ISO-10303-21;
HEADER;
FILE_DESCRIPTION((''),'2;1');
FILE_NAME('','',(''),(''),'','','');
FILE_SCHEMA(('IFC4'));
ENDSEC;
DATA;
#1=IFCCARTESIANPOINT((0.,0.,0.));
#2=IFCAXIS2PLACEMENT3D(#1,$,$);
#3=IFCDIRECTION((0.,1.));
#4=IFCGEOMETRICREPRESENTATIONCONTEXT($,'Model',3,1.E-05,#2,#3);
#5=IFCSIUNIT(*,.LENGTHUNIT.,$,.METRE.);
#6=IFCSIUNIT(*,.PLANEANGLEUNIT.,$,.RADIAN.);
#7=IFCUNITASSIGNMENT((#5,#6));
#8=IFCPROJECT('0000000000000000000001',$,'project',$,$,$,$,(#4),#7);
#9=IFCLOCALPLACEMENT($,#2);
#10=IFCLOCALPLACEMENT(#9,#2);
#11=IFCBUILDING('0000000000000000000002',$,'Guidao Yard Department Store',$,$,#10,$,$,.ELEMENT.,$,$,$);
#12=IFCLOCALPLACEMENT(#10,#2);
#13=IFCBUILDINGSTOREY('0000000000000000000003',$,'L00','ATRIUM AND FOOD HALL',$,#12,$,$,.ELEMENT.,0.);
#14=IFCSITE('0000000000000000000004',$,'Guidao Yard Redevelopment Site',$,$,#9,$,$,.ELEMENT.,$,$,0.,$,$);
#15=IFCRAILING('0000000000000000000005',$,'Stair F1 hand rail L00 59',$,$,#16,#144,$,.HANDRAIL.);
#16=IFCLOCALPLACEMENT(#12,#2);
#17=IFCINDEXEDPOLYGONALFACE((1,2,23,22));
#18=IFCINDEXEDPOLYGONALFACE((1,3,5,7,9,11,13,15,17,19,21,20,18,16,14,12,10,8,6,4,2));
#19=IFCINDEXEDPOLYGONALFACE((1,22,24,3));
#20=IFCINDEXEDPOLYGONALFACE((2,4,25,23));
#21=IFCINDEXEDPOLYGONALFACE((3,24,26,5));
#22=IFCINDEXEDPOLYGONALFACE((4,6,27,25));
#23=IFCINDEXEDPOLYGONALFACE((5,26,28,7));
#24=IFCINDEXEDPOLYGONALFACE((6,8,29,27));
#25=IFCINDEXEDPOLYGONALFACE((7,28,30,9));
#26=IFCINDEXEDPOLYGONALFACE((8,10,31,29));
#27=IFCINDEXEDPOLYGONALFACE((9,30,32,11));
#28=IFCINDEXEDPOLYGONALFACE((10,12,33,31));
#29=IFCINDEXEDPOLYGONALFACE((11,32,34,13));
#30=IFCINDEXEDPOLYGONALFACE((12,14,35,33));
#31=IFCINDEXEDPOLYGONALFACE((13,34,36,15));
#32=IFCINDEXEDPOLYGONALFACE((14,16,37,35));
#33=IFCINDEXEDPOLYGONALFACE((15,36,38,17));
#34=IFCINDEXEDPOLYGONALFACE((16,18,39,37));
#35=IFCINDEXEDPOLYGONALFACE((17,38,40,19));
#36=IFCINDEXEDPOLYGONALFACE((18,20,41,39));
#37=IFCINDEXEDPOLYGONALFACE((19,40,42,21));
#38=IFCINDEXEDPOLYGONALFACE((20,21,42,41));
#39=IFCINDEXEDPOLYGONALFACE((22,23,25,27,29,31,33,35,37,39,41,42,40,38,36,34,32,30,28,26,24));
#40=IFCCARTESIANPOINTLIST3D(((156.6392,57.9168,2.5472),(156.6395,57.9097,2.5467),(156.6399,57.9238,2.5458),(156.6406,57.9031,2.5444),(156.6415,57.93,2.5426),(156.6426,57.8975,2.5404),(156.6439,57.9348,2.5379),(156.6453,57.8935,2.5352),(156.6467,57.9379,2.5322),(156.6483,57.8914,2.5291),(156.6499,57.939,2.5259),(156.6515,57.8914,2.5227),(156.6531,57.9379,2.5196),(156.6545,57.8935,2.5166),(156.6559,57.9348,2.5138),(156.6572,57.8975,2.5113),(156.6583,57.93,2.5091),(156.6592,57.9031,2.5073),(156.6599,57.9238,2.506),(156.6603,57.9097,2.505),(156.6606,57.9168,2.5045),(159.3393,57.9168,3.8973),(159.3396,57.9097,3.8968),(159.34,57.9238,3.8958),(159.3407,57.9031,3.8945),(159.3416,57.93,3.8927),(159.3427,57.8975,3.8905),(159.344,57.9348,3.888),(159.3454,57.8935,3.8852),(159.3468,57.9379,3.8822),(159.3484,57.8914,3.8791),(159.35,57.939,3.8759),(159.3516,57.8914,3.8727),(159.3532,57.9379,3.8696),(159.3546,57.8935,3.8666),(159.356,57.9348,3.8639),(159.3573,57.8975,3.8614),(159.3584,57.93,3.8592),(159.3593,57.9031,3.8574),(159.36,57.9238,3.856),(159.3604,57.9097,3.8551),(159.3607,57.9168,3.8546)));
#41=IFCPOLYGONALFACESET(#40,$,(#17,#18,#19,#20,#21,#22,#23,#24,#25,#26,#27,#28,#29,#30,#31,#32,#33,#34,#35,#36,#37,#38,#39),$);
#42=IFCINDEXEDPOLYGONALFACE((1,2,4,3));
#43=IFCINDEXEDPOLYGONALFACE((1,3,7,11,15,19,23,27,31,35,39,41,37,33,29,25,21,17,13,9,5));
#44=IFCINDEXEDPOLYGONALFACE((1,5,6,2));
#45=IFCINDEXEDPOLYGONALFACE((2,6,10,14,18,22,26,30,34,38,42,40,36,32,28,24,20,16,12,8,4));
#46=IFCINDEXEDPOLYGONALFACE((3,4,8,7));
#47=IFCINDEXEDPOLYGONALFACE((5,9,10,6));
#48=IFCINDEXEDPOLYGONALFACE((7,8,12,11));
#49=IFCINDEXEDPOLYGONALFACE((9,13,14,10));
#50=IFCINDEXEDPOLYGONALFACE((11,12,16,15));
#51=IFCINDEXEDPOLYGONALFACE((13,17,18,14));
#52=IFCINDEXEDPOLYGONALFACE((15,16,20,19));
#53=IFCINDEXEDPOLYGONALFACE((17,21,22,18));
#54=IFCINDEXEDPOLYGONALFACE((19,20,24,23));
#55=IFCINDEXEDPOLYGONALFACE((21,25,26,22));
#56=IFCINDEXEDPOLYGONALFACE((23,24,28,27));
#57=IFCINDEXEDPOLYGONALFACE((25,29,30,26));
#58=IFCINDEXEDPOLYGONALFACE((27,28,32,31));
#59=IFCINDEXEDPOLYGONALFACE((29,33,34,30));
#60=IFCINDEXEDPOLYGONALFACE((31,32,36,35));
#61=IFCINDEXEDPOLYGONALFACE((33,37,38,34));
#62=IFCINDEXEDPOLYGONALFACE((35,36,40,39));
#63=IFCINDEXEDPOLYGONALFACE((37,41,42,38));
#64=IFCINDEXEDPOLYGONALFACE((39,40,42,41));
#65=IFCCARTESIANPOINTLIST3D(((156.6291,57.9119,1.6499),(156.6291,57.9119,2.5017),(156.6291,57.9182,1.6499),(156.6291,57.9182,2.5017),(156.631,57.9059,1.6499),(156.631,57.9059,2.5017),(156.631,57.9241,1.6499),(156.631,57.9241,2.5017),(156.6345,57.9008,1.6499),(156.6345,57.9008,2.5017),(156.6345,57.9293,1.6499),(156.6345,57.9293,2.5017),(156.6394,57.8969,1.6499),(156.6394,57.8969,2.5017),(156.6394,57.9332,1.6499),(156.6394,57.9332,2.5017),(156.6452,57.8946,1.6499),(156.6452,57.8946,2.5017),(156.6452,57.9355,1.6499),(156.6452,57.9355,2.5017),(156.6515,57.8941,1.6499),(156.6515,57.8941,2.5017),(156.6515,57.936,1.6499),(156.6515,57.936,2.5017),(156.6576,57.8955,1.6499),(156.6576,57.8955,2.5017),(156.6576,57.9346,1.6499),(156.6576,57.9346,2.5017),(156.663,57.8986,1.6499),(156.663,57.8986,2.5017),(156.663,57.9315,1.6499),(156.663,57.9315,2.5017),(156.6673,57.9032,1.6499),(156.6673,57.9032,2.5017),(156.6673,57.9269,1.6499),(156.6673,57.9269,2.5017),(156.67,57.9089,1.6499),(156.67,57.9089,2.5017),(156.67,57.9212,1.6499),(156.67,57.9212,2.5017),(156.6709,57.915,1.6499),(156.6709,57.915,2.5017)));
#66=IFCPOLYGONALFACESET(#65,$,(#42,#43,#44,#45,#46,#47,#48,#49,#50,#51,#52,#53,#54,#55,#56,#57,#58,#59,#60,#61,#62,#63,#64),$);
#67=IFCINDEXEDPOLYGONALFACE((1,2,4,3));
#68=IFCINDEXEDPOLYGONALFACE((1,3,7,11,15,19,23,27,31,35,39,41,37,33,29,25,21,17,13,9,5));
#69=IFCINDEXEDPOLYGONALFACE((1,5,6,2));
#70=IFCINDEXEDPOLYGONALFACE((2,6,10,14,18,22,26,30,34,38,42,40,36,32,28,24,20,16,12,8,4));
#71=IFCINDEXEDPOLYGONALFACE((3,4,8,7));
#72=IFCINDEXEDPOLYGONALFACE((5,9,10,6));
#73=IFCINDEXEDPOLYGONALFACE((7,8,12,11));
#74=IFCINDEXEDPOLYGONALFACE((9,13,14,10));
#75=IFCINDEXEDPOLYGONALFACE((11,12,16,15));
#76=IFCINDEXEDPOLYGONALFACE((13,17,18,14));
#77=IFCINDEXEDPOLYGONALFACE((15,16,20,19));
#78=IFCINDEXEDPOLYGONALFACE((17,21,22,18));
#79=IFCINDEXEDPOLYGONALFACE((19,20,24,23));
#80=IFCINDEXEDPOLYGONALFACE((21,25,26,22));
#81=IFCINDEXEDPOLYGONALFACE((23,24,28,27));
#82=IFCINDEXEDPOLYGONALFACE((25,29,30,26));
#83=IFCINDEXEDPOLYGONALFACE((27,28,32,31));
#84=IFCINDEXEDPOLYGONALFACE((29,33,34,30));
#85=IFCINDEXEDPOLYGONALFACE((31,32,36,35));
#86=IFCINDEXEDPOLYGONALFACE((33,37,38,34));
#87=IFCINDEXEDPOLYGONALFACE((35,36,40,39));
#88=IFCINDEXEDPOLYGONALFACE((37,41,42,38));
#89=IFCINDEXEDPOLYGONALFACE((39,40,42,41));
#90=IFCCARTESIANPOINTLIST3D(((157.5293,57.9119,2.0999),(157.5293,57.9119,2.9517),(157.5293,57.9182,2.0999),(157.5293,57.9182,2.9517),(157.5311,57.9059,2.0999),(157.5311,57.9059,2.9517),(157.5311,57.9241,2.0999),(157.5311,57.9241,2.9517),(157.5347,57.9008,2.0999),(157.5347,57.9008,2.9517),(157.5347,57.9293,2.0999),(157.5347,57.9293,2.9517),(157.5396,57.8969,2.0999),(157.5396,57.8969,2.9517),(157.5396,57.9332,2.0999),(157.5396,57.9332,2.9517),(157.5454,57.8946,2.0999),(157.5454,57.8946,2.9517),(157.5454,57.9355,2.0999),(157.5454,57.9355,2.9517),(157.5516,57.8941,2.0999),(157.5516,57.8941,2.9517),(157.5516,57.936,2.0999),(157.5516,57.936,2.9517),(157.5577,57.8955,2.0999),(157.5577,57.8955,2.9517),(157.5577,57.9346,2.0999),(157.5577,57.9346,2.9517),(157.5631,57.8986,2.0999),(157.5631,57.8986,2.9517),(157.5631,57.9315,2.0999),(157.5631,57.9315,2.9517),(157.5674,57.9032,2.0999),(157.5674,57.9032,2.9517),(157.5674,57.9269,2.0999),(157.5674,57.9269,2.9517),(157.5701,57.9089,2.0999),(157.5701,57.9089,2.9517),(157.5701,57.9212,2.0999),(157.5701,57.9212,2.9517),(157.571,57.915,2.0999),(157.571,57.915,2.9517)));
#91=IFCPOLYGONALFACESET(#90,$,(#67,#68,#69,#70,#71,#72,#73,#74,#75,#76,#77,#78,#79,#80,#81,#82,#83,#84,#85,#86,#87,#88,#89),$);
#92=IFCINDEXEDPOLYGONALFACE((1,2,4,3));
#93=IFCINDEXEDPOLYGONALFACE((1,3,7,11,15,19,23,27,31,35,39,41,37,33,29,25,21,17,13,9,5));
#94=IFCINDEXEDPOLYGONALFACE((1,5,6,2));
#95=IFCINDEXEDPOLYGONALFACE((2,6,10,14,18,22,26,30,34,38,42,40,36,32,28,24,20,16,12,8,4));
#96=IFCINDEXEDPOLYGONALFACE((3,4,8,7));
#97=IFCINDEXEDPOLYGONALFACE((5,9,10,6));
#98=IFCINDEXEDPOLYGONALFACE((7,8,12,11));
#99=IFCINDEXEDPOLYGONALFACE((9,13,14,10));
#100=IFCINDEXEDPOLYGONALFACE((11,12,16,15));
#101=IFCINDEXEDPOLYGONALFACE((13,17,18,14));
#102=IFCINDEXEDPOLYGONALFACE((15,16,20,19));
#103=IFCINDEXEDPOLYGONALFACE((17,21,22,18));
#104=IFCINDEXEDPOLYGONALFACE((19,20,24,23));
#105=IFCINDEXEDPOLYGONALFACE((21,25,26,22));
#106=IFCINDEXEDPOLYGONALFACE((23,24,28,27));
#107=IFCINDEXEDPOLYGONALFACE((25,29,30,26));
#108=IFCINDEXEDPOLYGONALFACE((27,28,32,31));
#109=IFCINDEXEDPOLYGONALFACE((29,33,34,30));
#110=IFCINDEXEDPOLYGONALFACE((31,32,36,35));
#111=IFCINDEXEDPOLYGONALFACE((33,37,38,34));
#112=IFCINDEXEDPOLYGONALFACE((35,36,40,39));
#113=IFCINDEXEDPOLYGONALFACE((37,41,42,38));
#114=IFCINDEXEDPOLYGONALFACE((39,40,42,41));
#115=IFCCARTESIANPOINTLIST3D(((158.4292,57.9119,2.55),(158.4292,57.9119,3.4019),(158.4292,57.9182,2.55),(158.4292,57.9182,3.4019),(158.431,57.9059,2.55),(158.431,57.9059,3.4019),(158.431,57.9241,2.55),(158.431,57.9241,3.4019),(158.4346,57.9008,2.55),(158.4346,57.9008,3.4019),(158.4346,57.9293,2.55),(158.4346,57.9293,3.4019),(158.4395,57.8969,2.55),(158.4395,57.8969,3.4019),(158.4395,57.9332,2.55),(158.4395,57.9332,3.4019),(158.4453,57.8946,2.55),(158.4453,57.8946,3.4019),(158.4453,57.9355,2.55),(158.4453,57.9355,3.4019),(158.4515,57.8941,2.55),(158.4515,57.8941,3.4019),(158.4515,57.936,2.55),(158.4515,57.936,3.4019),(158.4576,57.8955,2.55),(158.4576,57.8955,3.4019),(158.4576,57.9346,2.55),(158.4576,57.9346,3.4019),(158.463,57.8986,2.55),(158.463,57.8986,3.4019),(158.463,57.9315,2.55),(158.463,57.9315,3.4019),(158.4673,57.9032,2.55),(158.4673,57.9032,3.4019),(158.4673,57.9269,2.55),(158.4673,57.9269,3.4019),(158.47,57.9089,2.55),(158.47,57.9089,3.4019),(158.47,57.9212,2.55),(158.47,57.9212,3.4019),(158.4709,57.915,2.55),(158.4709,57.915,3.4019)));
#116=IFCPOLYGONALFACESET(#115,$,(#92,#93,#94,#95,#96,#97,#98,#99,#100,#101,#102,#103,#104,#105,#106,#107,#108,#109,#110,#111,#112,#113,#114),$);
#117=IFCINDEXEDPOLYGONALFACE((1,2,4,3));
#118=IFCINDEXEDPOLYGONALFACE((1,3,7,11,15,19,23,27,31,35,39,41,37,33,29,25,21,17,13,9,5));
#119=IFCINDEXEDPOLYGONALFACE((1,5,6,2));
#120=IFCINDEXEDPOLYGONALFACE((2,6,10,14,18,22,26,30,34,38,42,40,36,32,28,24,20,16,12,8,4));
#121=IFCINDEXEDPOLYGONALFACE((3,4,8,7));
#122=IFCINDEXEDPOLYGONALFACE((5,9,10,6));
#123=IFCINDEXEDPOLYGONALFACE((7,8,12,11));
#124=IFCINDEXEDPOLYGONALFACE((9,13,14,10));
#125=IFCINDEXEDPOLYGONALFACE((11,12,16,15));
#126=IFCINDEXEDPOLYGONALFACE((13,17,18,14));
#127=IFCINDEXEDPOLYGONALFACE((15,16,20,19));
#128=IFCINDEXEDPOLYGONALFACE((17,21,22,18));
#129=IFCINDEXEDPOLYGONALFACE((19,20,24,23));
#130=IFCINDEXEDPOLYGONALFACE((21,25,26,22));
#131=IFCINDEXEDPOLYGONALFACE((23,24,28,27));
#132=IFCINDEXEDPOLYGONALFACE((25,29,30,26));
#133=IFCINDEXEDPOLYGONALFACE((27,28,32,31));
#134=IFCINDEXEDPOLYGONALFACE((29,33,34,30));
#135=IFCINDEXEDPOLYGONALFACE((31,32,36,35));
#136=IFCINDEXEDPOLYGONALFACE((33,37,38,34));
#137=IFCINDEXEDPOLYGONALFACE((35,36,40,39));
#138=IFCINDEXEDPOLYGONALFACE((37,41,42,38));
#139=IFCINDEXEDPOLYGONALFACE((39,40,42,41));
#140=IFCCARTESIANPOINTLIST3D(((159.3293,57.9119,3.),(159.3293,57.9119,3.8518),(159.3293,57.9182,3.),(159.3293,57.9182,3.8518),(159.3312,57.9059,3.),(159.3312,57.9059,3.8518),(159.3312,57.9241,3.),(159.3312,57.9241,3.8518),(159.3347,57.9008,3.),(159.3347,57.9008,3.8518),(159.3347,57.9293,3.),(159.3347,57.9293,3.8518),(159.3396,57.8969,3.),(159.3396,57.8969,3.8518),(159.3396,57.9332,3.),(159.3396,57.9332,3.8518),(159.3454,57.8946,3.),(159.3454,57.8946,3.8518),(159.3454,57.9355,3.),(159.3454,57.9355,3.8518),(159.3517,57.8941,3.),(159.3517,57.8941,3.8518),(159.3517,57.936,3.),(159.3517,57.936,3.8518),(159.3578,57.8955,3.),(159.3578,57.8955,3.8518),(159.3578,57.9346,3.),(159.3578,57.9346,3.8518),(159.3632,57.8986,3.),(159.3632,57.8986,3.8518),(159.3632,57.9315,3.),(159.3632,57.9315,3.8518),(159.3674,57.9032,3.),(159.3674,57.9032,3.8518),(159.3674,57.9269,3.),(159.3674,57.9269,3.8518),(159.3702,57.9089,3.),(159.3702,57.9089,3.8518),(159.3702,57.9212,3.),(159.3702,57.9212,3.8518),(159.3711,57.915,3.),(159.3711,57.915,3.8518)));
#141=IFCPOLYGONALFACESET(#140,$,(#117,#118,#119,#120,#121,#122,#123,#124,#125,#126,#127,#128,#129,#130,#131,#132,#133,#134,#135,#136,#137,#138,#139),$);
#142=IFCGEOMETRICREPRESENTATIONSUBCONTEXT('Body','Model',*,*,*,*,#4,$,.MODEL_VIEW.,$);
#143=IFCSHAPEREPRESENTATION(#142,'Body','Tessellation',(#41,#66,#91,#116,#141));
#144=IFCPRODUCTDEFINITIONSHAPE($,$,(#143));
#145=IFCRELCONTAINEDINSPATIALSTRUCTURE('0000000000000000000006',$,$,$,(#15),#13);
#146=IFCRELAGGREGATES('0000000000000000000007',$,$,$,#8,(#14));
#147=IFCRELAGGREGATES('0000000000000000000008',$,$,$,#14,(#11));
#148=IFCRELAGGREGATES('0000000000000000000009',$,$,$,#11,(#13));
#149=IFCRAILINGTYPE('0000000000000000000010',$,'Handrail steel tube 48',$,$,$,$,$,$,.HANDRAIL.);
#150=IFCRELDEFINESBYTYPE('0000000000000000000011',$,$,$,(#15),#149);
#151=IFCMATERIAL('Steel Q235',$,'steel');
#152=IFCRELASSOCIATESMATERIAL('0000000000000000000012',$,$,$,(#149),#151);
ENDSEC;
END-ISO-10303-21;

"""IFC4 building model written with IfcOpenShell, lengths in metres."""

from ifc_helpers import new_model, si_unit, direction, frame, origin, origin_2d, place, context, subcontext, project, spatial, circle, extrude, material, type_object, element, save


model = new_model("IFC4")

# Units and contexts
model_context = context("Model", 3, precision=1e-05, world=origin(), true_north=direction((0.0, 1.0)))
body_context = subcontext(model_context, "Body", "Model", "MODEL_VIEW")
ifc_project = project(units=[si_unit("LENGTHUNIT", "METRE"), si_unit("PLANEANGLEUNIT", "RADIAN")], contexts=[model_context])

# Site, building, storey
site_placement = place(None, origin())
site = spatial("IfcSite", under=ifc_project, at=site_placement, Name="Guidao Yard Redevelopment Site", CompositionType="ELEMENT", RefElevation=0.0)
building_placement = place(site_placement, origin())
building = spatial("IfcBuilding", under=site, at=building_placement, Name="Guidao Yard Department Store", CompositionType="ELEMENT")
storey_placement = place(building_placement, origin())
storey = spatial("IfcBuildingStorey", under=building, at=storey_placement, Name="L00", Description="ATRIUM AND FOOD HALL", CompositionType="ELEMENT", Elevation=0.0)

# Railing
ifc_material_1 = material(Name="Steel Q235", Category="steel")
railing_type = type_object("IfcRailingType", Name="Handrail steel tube 48", PredefinedType="HANDRAIL", material=ifc_material_1)
for number, where, name in (
    (1, (156.6499, 57.915, 1.6499), "Stair F1 hand rail L00 59"),
):
    element("IfcRailing", number, at=place(storey_placement, frame(where)), inside=storey, type_object=railing_type, Name=name, PredefinedType="HANDRAIL", context=body_context, shape_type="SweptSolid", body=[
        extrude(circle(Radius=0.0239, at=origin_2d()), frame((0.0, 0.0, 0.876), z_axis=(0.894427, 0.0, 0.447214), x_axis=(0.0, 1.0, 0.0)), (0.0, 0.0, 1.0), 3.0188),
        extrude(circle(Radius=0.021, at=origin_2d()), origin(), (0.0, 0.0, 1.0), 0.8518),
        extrude(circle(Radius=0.021, at=origin_2d()), frame((0.9001, 0.0, 0.45)), (0.0, 0.0, 1.0), 0.8518),
        extrude(circle(Radius=0.021, at=origin_2d()), frame((1.8, 0.0, 0.9001)), (0.0, 0.0, 1.0), 0.8518),
        extrude(circle(Radius=0.021, at=origin_2d()), frame((2.7002, 0.0, 1.3501)), (0.0, 0.0, 1.0), 0.8518),
    ])

save(model, "model.ifc")
